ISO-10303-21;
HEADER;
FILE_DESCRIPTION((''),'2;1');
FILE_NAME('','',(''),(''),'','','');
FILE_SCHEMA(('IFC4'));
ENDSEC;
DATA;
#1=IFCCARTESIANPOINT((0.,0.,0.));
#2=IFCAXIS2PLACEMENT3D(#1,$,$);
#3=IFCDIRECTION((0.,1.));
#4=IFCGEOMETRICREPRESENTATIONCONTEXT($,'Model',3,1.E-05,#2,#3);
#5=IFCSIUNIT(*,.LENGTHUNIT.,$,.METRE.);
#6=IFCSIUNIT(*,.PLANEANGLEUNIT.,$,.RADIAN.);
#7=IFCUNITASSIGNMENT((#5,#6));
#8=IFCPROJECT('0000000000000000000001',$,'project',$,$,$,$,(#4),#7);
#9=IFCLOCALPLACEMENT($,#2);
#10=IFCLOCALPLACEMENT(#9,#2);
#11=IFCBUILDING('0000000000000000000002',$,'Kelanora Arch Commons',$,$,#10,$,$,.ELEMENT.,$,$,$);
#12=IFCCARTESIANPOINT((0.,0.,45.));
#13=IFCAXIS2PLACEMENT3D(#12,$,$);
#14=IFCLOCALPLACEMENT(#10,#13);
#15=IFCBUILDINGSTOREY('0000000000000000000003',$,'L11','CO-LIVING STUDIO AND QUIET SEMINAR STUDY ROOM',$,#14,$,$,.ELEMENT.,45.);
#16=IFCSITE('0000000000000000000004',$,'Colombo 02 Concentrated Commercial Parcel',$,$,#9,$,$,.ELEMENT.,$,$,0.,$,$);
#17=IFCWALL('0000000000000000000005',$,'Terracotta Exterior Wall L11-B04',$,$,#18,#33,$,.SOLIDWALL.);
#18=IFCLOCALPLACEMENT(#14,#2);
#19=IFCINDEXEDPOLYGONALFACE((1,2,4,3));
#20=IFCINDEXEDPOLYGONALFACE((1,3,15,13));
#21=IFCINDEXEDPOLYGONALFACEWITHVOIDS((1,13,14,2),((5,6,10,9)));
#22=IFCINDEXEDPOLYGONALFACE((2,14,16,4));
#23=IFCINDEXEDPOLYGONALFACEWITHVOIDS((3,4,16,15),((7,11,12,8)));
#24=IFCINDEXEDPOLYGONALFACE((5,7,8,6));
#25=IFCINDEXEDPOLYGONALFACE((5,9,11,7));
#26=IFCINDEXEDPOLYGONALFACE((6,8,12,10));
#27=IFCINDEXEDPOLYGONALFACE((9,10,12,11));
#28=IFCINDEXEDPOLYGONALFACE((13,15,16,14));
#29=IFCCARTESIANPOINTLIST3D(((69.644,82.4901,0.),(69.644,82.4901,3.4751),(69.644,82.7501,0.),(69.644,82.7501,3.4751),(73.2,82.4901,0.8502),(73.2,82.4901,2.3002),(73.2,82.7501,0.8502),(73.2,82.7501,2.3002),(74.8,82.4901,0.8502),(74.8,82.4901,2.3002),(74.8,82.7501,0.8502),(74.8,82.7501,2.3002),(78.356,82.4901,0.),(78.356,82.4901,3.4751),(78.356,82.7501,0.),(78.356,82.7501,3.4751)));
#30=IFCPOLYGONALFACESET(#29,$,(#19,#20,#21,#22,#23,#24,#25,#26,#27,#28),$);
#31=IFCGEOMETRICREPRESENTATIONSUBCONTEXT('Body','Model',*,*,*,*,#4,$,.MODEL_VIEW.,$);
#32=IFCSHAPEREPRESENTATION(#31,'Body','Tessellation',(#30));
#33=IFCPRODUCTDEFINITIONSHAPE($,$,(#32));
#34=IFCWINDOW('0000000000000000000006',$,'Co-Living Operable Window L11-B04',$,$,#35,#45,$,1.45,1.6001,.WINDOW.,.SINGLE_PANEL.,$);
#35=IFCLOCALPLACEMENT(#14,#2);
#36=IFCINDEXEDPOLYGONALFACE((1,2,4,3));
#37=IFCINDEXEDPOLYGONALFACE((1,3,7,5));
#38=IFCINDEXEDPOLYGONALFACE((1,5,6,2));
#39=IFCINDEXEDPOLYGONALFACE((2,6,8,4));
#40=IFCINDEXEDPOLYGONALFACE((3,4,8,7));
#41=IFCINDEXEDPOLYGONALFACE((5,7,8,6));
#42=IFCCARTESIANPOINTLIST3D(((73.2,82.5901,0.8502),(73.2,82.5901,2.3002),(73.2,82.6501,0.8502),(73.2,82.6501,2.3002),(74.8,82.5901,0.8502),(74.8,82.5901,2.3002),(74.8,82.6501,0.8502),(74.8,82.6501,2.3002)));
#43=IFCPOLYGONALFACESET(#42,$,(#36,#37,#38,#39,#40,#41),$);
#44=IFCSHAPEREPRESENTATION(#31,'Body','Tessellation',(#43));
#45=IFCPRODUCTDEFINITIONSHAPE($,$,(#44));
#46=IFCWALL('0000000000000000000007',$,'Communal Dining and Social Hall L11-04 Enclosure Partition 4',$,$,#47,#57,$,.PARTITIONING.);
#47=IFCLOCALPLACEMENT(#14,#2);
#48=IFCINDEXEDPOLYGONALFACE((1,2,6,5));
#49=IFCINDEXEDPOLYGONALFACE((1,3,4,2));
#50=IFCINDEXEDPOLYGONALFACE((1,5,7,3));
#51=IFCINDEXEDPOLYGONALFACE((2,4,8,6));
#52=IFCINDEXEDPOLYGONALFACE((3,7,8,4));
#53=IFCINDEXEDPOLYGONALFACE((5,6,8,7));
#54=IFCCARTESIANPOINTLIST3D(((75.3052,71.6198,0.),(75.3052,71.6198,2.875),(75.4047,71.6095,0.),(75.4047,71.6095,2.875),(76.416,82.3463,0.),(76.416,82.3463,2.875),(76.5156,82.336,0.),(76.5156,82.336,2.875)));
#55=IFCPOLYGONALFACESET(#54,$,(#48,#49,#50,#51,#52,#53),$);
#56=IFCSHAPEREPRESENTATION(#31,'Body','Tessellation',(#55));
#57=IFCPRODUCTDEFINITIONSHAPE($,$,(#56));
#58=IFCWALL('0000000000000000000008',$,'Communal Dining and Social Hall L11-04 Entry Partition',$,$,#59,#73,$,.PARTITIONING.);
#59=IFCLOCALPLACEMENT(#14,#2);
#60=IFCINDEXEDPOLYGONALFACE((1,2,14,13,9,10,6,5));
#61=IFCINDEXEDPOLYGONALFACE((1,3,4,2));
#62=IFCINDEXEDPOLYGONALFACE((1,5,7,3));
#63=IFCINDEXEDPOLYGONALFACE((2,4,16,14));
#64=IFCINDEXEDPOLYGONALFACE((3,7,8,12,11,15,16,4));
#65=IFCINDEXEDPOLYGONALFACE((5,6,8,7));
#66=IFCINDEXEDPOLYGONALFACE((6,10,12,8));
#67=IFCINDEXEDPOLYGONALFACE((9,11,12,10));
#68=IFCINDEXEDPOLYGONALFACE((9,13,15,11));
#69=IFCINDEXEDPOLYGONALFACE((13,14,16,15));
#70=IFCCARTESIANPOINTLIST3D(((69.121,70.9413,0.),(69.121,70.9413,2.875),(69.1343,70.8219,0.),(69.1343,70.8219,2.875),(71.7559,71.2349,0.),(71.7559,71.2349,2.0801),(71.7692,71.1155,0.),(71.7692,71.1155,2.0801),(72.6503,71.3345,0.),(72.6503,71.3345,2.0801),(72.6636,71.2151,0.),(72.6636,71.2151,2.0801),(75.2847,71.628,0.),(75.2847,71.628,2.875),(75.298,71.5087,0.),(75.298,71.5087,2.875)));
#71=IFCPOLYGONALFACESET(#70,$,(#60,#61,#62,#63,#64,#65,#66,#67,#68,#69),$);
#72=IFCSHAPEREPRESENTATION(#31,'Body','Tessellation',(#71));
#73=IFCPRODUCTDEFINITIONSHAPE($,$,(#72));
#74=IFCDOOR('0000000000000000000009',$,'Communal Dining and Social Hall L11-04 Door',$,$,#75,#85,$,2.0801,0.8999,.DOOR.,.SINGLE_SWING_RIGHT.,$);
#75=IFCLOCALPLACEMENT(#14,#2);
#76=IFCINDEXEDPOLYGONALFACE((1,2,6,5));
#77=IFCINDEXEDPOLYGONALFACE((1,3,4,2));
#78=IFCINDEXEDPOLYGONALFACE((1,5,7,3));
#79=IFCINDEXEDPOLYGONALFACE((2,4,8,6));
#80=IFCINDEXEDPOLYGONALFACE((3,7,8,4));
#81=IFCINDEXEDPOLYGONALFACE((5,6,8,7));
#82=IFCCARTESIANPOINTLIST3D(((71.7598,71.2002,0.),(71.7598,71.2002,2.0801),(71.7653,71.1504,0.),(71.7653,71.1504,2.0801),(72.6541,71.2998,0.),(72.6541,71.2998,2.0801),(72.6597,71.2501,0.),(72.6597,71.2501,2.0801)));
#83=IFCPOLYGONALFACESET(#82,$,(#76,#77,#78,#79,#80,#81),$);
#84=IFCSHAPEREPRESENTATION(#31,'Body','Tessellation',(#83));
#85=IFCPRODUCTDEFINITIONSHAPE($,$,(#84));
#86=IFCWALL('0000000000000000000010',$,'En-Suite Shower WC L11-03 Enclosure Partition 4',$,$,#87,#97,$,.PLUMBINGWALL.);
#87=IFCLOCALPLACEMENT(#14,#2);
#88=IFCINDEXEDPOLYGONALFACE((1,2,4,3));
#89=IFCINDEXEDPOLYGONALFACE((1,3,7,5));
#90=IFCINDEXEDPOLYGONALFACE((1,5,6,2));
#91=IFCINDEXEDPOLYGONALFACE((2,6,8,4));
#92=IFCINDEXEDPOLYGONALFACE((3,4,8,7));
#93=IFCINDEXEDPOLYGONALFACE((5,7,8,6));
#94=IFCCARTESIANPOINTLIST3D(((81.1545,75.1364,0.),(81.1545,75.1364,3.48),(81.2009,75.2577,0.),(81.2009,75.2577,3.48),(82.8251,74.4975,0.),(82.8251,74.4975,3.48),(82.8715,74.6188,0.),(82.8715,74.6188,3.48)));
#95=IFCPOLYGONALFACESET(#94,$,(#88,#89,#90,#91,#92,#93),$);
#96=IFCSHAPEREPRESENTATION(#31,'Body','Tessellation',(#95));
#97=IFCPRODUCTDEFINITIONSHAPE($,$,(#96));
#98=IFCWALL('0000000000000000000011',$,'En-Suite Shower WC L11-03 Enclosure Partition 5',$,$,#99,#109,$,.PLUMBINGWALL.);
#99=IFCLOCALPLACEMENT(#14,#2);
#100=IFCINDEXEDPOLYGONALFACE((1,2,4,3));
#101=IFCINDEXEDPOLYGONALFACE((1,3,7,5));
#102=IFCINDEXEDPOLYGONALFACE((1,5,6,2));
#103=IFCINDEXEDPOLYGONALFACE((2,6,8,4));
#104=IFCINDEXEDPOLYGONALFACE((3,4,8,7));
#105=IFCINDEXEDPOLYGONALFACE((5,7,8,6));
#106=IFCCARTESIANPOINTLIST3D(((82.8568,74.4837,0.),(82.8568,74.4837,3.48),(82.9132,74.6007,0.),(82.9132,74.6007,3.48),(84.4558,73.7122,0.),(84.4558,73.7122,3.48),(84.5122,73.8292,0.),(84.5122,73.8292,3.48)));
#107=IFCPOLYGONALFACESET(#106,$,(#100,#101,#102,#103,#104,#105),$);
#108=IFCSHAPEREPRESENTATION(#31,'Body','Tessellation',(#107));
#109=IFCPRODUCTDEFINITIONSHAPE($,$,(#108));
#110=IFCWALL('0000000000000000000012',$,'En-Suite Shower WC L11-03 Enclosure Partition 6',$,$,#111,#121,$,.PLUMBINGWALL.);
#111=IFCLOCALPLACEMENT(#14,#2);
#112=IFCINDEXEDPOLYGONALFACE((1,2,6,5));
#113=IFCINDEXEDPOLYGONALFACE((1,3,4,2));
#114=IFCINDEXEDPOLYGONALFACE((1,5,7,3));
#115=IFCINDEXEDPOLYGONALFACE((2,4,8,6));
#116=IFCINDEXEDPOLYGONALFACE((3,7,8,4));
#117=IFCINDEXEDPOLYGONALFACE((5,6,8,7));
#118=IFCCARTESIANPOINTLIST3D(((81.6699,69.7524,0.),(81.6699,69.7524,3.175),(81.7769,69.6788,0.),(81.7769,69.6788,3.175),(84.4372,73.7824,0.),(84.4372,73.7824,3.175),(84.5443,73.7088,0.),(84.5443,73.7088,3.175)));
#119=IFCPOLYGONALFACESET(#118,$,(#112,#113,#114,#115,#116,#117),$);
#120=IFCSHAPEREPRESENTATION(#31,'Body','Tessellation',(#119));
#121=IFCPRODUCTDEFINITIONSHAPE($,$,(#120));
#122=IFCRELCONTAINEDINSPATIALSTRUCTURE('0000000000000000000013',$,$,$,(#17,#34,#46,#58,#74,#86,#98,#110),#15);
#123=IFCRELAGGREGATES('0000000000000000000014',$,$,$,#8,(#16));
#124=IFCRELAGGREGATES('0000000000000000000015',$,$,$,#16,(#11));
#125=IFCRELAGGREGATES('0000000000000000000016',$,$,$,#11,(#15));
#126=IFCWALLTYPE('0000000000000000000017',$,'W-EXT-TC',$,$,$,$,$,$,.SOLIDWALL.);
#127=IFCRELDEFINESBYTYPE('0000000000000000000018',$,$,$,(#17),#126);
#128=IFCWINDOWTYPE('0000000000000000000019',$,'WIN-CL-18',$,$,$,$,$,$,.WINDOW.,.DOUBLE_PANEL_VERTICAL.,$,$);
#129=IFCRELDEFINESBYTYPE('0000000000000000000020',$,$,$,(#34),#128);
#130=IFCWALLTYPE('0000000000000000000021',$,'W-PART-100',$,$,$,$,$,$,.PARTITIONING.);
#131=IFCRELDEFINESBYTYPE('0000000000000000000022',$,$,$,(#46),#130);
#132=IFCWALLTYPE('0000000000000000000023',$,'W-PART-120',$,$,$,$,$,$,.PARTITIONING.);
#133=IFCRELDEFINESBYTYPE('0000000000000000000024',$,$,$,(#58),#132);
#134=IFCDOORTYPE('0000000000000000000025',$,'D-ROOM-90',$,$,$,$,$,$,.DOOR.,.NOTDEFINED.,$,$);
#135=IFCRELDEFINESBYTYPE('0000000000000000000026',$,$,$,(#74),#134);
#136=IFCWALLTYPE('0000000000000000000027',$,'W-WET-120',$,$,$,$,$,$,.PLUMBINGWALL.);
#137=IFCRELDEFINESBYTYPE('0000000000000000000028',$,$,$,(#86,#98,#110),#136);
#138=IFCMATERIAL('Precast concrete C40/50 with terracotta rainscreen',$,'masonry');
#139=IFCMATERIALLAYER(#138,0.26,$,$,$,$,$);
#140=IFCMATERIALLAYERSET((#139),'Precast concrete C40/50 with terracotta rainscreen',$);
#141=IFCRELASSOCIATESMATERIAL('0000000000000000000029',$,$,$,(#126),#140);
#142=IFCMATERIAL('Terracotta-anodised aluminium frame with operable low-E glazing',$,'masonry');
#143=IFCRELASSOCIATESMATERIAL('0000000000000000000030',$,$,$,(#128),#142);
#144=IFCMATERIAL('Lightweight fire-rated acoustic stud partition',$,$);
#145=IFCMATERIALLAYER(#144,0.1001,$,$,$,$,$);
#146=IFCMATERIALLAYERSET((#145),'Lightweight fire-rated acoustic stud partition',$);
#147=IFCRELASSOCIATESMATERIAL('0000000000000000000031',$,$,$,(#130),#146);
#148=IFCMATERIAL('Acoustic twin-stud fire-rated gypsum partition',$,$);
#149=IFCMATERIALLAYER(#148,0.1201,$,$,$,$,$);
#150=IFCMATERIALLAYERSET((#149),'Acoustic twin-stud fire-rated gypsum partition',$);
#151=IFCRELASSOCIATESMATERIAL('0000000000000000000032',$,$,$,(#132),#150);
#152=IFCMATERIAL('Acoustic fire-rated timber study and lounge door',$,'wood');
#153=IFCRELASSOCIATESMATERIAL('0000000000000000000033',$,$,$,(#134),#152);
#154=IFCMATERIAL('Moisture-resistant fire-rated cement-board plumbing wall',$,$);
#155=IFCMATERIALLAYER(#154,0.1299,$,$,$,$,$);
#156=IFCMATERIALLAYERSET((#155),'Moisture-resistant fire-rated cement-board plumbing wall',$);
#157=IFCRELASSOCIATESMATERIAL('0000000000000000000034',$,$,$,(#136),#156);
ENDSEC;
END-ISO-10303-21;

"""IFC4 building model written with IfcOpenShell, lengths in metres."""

from ifc_helpers import new_model, si_unit, direction, frame, frame_2d, origin, place, context, subcontext, project, spatial, rectangle, extrude, material, layer, layer_set, type_object, element, fill, save


model = new_model("IFC4")

# Units and contexts
model_context = context("Model", 3, precision=1e-05, world=origin(), true_north=direction((0.0, 1.0)))
body_context = subcontext(model_context, "Body", "Model", "MODEL_VIEW")
ifc_project = project(units=[si_unit("LENGTHUNIT", "METRE"), si_unit("PLANEANGLEUNIT", "RADIAN")], contexts=[model_context])

# Site, building, storey
site_placement = place(None, origin())
site = spatial("IfcSite", under=ifc_project, at=site_placement, Name="Colombo 02 Concentrated Commercial Parcel", CompositionType="ELEMENT", RefElevation=0.0)
building_placement = place(site_placement, origin())
building = spatial("IfcBuilding", under=site, at=building_placement, Name="Kelanora Arch Commons", CompositionType="ELEMENT")
storey_placement = place(building_placement, frame((0.0, 0.0, 45.0)))
storey = spatial("IfcBuildingStorey", under=building, at=storey_placement, Name="L11", Description="CO-LIVING STUDIO AND QUIET SEMINAR STUDY ROOM", CompositionType="ELEMENT", Elevation=45.0)

# Wall, opening, window
ifc_material_1 = material(Name="Precast concrete C40/50 with terracotta rainscreen", Category="masonry")
ifc_layer_1 = layer(ifc_material_1, 0.26)
ifc_layer_set_1 = layer_set([ifc_layer_1], Name="Precast concrete C40/50 with terracotta rainscreen")
wall_type_1 = type_object("IfcWallType", Name="W-EXT-TC", PredefinedType="SOLIDWALL", material=ifc_layer_set_1)
wall_1_placement = place(storey_placement, frame((78.356, 82.6201, 0.0), z_axis=(0.0, 0.0, 1.0), x_axis=(-1.0, 0.0, 0.0)))
wall_1 = element("IfcWall", 1, at=wall_1_placement, inside=storey, type_object=wall_type_1, Name="Terracotta Exterior Wall L11-B04", PredefinedType="SOLIDWALL", context=body_context, shape_type="SweptSolid", body=[
    extrude(rectangle(XDim=8.7119, YDim=0.26, at=frame_2d((4.356, 0.0))), origin(), (0.0, 0.0, 1.0), 3.4751),
])
opening_1_placement = place(wall_1_placement, frame((3.5559, 0.0, 0.8501)))
opening_1 = element("IfcOpeningElement", 2, at=opening_1_placement, cuts=wall_1, PredefinedType="OPENING", context=body_context, shape_type="SweptSolid", body=[
    extrude(rectangle(XDim=1.6001, YDim=1.45, at=frame_2d((0.8, 0.7251))), frame((0.0, 0.1401, 0.0), z_axis=(0.0, -1.0, 0.0), x_axis=(1.0, 0.0, 0.0)), (0.0, 0.0, 1.0), 0.28),
])
ifc_material_2 = material(Name="Terracotta-anodised aluminium frame with operable low-E glazing", Category="masonry")
window_type = type_object("IfcWindowType", Name="WIN-CL-18", PartitioningType="DOUBLE_PANEL_VERTICAL", PredefinedType="WINDOW", material=ifc_material_2)
window_placement = place(opening_1_placement, origin())
window = element("IfcWindow", 3, at=window_placement, inside=storey, type_object=window_type, Name="Co-Living Operable Window L11-B04", OverallHeight=1.45, OverallWidth=1.6001, PartitioningType="SINGLE_PANEL", PredefinedType="WINDOW", context=body_context, shape_type="SweptSolid", body=[
    extrude(rectangle(XDim=1.6001, YDim=1.45, at=frame_2d((0.8, 0.7251))), frame((0.0, 0.03, 0.0), z_axis=(0.0, -1.0, 0.0), x_axis=(1.0, 0.0, 0.0)), (0.0, 0.0, 1.0), 0.0601),
])
fill(opening_1, window)

# Wall
ifc_material_3 = material(Name="Lightweight fire-rated acoustic stud partition")
ifc_layer_2 = layer(ifc_material_3, 0.1001)
ifc_layer_set_2 = layer_set([ifc_layer_2], Name="Lightweight fire-rated acoustic stud partition")
wall_type_2 = type_object("IfcWallType", Name="W-PART-100", PredefinedType="PARTITIONING", material=ifc_layer_set_2)
wall_2_placement = place(storey_placement, frame((76.4658, 82.3413, 0.0), z_axis=(0.0, 0.0, 1.0), x_axis=(-0.103009, -0.99468, 0.0)))
element("IfcWall", 4, at=wall_2_placement, inside=storey, type_object=wall_type_2, Name="Communal Dining and Social Hall L11-04 Enclosure Partition 4", PredefinedType="PARTITIONING", context=body_context, shape_type="SweptSolid", body=[
    extrude(rectangle(XDim=10.7839, YDim=0.1001, at=frame_2d((5.3921, 0.0))), origin(), (0.0, 0.0, 1.0), 2.875),
])

# Wall, opening, door
ifc_material_4 = material(Name="Acoustic twin-stud fire-rated gypsum partition")
ifc_layer_3 = layer(ifc_material_4, 0.1201)
ifc_layer_set_3 = layer_set([ifc_layer_3], Name="Acoustic twin-stud fire-rated gypsum partition")
wall_type_3 = type_object("IfcWallType", Name="W-PART-120", PredefinedType="PARTITIONING", material=ifc_layer_set_3)
wall_3_placement = place(storey_placement, frame((75.2915, 71.5684, 0.0), z_axis=(0.0, 0.0, 1.0), x_axis=(-0.99385, -0.110734, 0.0)))
wall_3 = element("IfcWall", 5, at=wall_3_placement, inside=storey, type_object=wall_type_3, Name="Communal Dining and Social Hall L11-04 Entry Partition", PredefinedType="PARTITIONING", context=body_context, shape_type="SweptSolid", body=[
    extrude(rectangle(XDim=6.2019, YDim=0.1201, at=frame_2d((3.1011, 0.0))), origin(), (0.0, 0.0, 1.0), 2.875),
])
opening_2_placement = place(wall_3_placement, frame((2.6509, 0.0, 0.0)))
opening_2 = element("IfcOpeningElement", 6, at=opening_2_placement, cuts=wall_3, PredefinedType="OPENING", context=body_context, shape_type="SweptSolid", body=[
    extrude(rectangle(XDim=0.8999, YDim=2.0801, at=frame_2d((0.45, 1.04))), frame((0.0, 0.0701, 0.0), z_axis=(0.0, -1.0, 0.0), x_axis=(1.0, 0.0, 0.0)), (0.0, 0.0, 1.0), 0.1401),
])
ifc_material_5 = material(Name="Acoustic fire-rated timber study and lounge door", Category="wood")
door_type = type_object("IfcDoorType", Name="D-ROOM-90", OperationType="NOTDEFINED", PredefinedType="DOOR", material=ifc_material_5)
door_placement = place(opening_2_placement, origin())
door = element("IfcDoor", 7, at=door_placement, inside=storey, type_object=door_type, Name="Communal Dining and Social Hall L11-04 Door", OperationType="SINGLE_SWING_RIGHT", OverallHeight=2.0801, OverallWidth=0.8999, PredefinedType="DOOR", context=body_context, shape_type="SweptSolid", body=[
    extrude(rectangle(XDim=0.8999, YDim=2.0801, at=frame_2d((0.45, 1.04))), frame((0.0, 0.0249, 0.0), z_axis=(0.0, -1.0, 0.0), x_axis=(1.0, 0.0, 0.0)), (0.0, 0.0, 1.0), 0.05),
])
fill(opening_2, door)

# Walls
ifc_material_6 = material(Name="Moisture-resistant fire-rated cement-board plumbing wall")
ifc_layer_4 = layer(ifc_material_6, 0.1299)
ifc_layer_set_4 = layer_set([ifc_layer_4], Name="Moisture-resistant fire-rated cement-board plumbing wall")
wall_type_4 = type_object("IfcWallType", Name="W-WET-120", PredefinedType="PLUMBINGWALL", material=ifc_layer_set_4)
wall_4_placement = place(storey_placement, frame((81.1777, 75.197, 0.0), z_axis=(0.0, 0.0, 1.0), x_axis=(0.934026, -0.357204, 0.0)))
element("IfcWall", 8, at=wall_4_placement, inside=storey, type_object=wall_type_4, Name="En-Suite Shower WC L11-03 Enclosure Partition 4", PredefinedType="PLUMBINGWALL", context=body_context, shape_type="SweptSolid", body=[
    extrude(rectangle(XDim=1.7886, YDim=0.1299, at=frame_2d((0.8943, 0.0))), origin(), (0.0, 0.0, 1.0), 3.48),
])
wall_5_placement = place(storey_placement, frame((82.885, 74.5422, 0.0), z_axis=(0.0, 0.0, 1.0), x_axis=(0.900637, -0.434572, 0.0)))
element("IfcWall", 9, at=wall_5_placement, inside=storey, type_object=wall_type_4, Name="En-Suite Shower WC L11-03 Enclosure Partition 5", PredefinedType="PLUMBINGWALL", context=body_context, shape_type="SweptSolid", body=[
    extrude(rectangle(XDim=1.7754, YDim=0.1299, at=frame_2d((0.8877, 0.0))), origin(), (0.0, 0.0, 1.0), 3.48),
])
wall_6_placement = place(storey_placement, frame((84.4907, 73.7456, 0.0), z_axis=(0.0, 0.0, 1.0), x_axis=(-0.566069, -0.824358, 0.0)))
element("IfcWall", 10, at=wall_6_placement, inside=storey, type_object=wall_type_4, Name="En-Suite Shower WC L11-03 Enclosure Partition 6", PredefinedType="PLUMBINGWALL", context=body_context, shape_type="SweptSolid", body=[
    extrude(rectangle(XDim=4.8887, YDim=0.1299, at=frame_2d((2.4443, 0.0))), origin(), (0.0, 0.0, 1.0), 3.175),
])

save(model, "model.ifc")
